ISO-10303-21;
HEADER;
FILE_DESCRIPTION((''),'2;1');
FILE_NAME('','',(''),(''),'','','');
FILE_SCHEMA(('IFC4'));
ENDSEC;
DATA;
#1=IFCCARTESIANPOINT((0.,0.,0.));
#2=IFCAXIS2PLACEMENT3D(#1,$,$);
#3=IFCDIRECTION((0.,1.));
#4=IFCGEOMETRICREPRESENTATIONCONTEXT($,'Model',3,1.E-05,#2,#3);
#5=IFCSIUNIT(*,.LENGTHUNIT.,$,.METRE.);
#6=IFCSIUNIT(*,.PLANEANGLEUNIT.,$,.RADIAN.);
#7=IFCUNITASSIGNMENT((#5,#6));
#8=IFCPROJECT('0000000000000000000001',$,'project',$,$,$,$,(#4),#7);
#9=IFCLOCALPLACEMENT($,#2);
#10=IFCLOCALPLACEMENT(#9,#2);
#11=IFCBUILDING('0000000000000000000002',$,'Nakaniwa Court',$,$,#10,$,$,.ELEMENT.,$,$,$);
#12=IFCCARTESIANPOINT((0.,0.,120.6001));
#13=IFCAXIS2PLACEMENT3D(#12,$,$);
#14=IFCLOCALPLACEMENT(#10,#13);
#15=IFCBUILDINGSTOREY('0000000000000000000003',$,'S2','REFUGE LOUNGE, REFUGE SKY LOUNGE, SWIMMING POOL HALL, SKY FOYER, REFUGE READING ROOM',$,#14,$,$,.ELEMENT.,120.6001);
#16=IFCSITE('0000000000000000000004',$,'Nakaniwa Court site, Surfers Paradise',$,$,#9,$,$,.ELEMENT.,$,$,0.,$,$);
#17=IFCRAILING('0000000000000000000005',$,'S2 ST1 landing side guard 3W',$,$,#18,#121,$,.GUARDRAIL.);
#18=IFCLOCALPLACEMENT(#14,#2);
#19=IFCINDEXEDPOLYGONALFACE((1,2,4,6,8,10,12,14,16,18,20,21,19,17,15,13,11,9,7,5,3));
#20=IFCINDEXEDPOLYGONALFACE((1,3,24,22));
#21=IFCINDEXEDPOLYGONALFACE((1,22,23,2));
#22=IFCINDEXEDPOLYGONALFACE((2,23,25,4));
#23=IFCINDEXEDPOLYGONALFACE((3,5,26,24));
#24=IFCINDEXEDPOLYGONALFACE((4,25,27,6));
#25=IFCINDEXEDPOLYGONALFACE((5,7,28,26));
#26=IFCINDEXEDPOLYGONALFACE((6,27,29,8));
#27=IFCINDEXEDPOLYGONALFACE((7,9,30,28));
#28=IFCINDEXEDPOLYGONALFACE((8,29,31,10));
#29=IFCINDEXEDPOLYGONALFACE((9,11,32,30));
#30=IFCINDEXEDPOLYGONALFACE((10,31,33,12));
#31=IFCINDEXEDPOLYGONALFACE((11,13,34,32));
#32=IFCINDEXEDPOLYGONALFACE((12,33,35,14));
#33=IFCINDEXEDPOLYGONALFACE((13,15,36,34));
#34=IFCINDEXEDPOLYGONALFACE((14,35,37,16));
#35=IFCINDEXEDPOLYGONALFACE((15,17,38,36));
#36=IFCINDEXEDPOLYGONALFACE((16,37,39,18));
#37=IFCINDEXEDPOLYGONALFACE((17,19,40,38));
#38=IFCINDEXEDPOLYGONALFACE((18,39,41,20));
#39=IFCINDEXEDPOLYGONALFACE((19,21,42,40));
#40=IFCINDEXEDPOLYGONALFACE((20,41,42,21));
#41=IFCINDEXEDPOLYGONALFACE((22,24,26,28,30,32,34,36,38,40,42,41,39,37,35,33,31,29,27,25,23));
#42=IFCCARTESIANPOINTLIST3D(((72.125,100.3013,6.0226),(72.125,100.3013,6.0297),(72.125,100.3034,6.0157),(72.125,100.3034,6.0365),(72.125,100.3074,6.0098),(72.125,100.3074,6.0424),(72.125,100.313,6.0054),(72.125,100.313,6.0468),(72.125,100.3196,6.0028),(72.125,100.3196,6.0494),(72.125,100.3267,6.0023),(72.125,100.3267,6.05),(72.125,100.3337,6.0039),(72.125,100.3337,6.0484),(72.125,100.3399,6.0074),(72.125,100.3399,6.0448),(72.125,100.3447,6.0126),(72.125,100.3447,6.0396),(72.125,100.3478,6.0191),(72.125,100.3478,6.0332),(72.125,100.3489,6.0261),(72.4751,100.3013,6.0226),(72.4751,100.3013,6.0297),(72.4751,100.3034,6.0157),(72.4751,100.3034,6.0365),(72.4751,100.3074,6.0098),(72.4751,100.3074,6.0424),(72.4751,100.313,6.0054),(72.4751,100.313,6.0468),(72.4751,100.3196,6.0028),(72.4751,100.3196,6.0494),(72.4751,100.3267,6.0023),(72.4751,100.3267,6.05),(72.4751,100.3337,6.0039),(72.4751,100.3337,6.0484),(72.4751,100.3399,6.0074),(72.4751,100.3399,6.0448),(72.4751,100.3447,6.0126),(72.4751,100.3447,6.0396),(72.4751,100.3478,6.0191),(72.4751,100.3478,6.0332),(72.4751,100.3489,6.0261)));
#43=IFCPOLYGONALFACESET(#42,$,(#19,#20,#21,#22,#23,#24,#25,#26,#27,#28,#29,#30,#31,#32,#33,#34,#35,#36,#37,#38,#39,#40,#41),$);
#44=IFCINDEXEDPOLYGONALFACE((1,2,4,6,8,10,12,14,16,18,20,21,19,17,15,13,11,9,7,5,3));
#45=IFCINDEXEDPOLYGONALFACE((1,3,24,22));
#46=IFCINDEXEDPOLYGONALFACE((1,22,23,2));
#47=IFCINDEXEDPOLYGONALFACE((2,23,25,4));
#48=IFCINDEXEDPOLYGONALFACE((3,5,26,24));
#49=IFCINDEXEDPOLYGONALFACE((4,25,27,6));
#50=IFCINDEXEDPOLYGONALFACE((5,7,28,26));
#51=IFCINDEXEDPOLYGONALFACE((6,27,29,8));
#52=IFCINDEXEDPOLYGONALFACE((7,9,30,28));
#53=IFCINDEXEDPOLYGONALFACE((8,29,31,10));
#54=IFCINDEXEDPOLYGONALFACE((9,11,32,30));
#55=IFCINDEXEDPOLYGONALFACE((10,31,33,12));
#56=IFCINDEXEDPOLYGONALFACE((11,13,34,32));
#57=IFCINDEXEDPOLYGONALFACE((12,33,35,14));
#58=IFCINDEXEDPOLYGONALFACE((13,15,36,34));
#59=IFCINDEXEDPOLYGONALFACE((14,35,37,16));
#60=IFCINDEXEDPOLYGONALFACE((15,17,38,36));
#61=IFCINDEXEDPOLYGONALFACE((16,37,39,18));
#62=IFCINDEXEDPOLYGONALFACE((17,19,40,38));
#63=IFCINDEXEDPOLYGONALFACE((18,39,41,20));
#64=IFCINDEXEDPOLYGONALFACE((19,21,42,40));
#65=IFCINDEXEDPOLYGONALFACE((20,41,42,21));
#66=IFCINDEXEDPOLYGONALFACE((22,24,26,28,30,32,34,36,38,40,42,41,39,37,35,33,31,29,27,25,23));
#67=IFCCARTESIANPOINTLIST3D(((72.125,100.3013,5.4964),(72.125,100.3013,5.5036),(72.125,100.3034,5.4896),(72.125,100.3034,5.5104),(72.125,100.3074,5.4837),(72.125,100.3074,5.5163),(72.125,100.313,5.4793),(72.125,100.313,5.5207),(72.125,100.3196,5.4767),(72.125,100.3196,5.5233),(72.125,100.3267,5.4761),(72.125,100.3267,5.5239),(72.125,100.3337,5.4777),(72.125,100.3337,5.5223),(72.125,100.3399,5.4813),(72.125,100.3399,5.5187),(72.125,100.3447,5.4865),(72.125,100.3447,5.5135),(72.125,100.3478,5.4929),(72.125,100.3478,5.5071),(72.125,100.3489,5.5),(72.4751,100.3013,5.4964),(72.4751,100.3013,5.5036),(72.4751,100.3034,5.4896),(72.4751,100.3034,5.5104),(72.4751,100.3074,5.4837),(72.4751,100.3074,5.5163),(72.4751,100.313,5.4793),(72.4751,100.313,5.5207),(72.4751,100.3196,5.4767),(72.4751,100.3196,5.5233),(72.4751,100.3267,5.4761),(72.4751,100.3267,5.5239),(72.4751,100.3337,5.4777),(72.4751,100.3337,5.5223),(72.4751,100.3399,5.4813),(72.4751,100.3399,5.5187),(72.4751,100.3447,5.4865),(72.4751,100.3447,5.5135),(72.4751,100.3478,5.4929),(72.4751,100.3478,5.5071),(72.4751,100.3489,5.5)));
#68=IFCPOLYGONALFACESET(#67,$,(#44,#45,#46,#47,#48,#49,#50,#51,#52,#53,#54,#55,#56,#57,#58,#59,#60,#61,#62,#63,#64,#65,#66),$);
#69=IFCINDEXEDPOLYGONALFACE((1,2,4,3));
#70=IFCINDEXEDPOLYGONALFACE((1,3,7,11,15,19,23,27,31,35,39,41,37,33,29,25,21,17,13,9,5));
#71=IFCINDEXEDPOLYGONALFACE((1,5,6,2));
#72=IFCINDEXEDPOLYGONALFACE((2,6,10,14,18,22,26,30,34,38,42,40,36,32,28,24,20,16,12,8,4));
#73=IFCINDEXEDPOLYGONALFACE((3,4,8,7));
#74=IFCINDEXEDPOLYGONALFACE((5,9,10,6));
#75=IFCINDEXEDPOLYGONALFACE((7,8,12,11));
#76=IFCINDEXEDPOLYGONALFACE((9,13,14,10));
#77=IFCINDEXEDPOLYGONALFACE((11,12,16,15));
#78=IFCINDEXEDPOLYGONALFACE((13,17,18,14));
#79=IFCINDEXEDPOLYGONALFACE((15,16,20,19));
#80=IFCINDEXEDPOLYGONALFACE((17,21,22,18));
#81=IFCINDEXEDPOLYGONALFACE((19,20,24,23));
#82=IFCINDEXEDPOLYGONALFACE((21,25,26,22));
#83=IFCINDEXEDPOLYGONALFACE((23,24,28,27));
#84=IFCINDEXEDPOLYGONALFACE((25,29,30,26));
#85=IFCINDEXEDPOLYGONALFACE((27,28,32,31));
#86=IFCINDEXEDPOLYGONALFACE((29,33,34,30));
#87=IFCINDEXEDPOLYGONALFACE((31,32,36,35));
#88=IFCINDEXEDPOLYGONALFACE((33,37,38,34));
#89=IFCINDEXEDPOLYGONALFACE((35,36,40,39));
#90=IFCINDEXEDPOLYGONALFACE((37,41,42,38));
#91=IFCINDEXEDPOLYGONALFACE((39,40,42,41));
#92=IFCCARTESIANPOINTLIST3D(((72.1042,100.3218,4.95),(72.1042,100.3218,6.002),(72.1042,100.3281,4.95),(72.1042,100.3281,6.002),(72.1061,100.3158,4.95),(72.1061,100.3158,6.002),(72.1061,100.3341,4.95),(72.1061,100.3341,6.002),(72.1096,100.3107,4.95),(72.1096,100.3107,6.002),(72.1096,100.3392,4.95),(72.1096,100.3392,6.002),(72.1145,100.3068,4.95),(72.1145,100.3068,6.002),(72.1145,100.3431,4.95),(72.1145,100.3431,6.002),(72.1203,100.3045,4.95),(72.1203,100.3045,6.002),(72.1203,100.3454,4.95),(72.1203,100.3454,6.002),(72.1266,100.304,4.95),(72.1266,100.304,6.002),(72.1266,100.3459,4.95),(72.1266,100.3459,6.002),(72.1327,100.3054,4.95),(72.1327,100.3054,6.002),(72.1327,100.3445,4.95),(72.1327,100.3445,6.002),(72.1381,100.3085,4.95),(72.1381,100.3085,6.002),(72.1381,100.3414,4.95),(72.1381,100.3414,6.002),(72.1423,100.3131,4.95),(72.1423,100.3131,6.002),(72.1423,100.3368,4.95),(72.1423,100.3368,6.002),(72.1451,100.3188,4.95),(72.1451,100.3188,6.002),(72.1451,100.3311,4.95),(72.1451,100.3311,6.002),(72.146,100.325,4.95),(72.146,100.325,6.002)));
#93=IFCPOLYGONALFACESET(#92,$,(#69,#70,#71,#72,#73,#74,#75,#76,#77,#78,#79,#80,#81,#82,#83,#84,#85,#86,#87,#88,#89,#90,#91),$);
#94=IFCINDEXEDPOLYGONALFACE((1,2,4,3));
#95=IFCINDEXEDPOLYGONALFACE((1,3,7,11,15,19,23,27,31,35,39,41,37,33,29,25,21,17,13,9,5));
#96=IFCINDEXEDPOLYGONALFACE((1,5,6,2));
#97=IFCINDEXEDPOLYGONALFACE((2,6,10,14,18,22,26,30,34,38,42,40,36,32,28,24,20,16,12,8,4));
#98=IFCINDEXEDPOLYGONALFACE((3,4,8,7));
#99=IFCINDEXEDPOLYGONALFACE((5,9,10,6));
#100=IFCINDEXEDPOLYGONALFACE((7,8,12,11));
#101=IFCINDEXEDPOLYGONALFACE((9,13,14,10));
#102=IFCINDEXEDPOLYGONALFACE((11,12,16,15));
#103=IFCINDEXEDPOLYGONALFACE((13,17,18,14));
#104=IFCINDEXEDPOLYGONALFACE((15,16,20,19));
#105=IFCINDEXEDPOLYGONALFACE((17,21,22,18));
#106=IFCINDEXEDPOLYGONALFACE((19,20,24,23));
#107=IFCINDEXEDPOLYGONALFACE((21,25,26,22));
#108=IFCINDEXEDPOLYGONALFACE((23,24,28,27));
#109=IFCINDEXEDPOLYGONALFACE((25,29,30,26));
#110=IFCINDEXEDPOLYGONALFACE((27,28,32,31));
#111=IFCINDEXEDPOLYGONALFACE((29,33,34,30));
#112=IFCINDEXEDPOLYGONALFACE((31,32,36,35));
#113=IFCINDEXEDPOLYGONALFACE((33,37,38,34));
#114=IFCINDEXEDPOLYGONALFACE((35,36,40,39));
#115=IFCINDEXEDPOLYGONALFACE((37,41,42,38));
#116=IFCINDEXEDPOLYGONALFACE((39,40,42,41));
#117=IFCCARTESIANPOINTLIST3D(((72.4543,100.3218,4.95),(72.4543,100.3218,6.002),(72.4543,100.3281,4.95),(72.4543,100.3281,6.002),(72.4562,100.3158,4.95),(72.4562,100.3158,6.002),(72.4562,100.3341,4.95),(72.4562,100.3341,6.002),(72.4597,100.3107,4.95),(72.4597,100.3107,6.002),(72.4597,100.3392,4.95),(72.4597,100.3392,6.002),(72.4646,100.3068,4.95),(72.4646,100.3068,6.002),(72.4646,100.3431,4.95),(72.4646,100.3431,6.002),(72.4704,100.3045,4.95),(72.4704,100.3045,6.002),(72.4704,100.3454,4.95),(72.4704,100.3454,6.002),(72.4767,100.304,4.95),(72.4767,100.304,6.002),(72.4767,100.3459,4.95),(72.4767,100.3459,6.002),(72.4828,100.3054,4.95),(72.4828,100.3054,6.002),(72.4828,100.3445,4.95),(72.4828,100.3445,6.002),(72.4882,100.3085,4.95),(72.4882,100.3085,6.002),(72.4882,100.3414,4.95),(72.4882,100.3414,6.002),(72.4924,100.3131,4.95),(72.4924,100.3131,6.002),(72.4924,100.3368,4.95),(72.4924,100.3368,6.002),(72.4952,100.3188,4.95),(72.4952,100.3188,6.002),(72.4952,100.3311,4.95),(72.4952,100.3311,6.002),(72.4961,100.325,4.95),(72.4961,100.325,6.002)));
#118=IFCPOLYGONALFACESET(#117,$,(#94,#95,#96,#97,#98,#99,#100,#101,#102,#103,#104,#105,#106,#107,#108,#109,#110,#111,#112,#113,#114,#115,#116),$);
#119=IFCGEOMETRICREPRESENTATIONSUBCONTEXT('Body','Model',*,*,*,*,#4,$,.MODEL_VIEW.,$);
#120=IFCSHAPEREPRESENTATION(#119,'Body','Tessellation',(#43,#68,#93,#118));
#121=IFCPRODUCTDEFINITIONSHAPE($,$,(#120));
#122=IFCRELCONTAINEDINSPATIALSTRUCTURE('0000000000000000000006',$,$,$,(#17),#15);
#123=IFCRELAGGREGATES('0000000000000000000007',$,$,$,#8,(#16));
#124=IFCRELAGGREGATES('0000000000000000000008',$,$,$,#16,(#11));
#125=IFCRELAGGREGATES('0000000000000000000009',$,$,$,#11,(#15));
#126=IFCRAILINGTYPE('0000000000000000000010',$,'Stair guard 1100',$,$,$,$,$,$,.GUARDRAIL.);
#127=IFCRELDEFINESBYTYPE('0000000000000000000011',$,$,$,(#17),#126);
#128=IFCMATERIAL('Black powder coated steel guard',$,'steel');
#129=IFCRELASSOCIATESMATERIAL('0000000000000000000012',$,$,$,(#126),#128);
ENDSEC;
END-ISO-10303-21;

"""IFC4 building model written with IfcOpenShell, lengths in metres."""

from ifc_helpers import new_model, si_unit, direction, frame, origin, origin_2d, place, context, subcontext, project, spatial, circle, extrude, material, type_object, element, save


model = new_model("IFC4")

# Units and contexts
model_context = context("Model", 3, precision=1e-05, world=origin(), true_north=direction((0.0, 1.0)))
body_context = subcontext(model_context, "Body", "Model", "MODEL_VIEW")
ifc_project = project(units=[si_unit("LENGTHUNIT", "METRE"), si_unit("PLANEANGLEUNIT", "RADIAN")], contexts=[model_context])

# Site, building, storey
site_placement = place(None, origin())
site = spatial("IfcSite", under=ifc_project, at=site_placement, Name="Nakaniwa Court site, Surfers Paradise", CompositionType="ELEMENT", RefElevation=0.0)
building_placement = place(site_placement, origin())
building = spatial("IfcBuilding", under=site, at=building_placement, Name="Nakaniwa Court", CompositionType="ELEMENT")
storey_placement = place(building_placement, frame((0.0, 0.0, 120.6001)))
storey = spatial("IfcBuildingStorey", under=building, at=storey_placement, Name="S2", Description="REFUGE LOUNGE, REFUGE SKY LOUNGE, SWIMMING POOL HALL, SKY FOYER, REFUGE READING ROOM", CompositionType="ELEMENT", Elevation=120.6001)

# Railing
ifc_material_1 = material(Name="Black powder coated steel guard", Category="steel")
railing_type_1 = type_object("IfcRailingType", Name="Stair guard 1100", PredefinedType="GUARDRAIL", material=ifc_material_1)
railing_1_placement = place(storey_placement, frame((72.125, 100.325, 4.95)))
element("IfcRailing", 1, at=railing_1_placement, inside=storey, type_object=railing_type_1, Name="S2 ST1 landing side guard 3W", PredefinedType="GUARDRAIL", context=body_context, shape_type="SweptSolid", body=[
    extrude(circle(Radius=0.0239, at=origin_2d()), frame((0.0, 0.0, 1.0762), z_axis=(1.0, 0.0, 0.0), x_axis=(0.0, 1.0, 0.0)), (0.0, 0.0, 1.0), 0.3501),
    extrude(circle(Radius=0.0239, at=origin_2d()), frame((0.0, 0.0, 0.55), z_axis=(1.0, 0.0, 0.0), x_axis=(0.0, 1.0, 0.0)), (0.0, 0.0, 1.0), 0.3501),
    extrude(circle(Radius=0.021, at=origin_2d()), origin(), (0.0, 0.0, 1.0), 1.052),
    extrude(circle(Radius=0.021, at=origin_2d()), frame((0.3501, 0.0, 0.0)), (0.0, 0.0, 1.0), 1.052),
])

save(model, "model.ifc")
